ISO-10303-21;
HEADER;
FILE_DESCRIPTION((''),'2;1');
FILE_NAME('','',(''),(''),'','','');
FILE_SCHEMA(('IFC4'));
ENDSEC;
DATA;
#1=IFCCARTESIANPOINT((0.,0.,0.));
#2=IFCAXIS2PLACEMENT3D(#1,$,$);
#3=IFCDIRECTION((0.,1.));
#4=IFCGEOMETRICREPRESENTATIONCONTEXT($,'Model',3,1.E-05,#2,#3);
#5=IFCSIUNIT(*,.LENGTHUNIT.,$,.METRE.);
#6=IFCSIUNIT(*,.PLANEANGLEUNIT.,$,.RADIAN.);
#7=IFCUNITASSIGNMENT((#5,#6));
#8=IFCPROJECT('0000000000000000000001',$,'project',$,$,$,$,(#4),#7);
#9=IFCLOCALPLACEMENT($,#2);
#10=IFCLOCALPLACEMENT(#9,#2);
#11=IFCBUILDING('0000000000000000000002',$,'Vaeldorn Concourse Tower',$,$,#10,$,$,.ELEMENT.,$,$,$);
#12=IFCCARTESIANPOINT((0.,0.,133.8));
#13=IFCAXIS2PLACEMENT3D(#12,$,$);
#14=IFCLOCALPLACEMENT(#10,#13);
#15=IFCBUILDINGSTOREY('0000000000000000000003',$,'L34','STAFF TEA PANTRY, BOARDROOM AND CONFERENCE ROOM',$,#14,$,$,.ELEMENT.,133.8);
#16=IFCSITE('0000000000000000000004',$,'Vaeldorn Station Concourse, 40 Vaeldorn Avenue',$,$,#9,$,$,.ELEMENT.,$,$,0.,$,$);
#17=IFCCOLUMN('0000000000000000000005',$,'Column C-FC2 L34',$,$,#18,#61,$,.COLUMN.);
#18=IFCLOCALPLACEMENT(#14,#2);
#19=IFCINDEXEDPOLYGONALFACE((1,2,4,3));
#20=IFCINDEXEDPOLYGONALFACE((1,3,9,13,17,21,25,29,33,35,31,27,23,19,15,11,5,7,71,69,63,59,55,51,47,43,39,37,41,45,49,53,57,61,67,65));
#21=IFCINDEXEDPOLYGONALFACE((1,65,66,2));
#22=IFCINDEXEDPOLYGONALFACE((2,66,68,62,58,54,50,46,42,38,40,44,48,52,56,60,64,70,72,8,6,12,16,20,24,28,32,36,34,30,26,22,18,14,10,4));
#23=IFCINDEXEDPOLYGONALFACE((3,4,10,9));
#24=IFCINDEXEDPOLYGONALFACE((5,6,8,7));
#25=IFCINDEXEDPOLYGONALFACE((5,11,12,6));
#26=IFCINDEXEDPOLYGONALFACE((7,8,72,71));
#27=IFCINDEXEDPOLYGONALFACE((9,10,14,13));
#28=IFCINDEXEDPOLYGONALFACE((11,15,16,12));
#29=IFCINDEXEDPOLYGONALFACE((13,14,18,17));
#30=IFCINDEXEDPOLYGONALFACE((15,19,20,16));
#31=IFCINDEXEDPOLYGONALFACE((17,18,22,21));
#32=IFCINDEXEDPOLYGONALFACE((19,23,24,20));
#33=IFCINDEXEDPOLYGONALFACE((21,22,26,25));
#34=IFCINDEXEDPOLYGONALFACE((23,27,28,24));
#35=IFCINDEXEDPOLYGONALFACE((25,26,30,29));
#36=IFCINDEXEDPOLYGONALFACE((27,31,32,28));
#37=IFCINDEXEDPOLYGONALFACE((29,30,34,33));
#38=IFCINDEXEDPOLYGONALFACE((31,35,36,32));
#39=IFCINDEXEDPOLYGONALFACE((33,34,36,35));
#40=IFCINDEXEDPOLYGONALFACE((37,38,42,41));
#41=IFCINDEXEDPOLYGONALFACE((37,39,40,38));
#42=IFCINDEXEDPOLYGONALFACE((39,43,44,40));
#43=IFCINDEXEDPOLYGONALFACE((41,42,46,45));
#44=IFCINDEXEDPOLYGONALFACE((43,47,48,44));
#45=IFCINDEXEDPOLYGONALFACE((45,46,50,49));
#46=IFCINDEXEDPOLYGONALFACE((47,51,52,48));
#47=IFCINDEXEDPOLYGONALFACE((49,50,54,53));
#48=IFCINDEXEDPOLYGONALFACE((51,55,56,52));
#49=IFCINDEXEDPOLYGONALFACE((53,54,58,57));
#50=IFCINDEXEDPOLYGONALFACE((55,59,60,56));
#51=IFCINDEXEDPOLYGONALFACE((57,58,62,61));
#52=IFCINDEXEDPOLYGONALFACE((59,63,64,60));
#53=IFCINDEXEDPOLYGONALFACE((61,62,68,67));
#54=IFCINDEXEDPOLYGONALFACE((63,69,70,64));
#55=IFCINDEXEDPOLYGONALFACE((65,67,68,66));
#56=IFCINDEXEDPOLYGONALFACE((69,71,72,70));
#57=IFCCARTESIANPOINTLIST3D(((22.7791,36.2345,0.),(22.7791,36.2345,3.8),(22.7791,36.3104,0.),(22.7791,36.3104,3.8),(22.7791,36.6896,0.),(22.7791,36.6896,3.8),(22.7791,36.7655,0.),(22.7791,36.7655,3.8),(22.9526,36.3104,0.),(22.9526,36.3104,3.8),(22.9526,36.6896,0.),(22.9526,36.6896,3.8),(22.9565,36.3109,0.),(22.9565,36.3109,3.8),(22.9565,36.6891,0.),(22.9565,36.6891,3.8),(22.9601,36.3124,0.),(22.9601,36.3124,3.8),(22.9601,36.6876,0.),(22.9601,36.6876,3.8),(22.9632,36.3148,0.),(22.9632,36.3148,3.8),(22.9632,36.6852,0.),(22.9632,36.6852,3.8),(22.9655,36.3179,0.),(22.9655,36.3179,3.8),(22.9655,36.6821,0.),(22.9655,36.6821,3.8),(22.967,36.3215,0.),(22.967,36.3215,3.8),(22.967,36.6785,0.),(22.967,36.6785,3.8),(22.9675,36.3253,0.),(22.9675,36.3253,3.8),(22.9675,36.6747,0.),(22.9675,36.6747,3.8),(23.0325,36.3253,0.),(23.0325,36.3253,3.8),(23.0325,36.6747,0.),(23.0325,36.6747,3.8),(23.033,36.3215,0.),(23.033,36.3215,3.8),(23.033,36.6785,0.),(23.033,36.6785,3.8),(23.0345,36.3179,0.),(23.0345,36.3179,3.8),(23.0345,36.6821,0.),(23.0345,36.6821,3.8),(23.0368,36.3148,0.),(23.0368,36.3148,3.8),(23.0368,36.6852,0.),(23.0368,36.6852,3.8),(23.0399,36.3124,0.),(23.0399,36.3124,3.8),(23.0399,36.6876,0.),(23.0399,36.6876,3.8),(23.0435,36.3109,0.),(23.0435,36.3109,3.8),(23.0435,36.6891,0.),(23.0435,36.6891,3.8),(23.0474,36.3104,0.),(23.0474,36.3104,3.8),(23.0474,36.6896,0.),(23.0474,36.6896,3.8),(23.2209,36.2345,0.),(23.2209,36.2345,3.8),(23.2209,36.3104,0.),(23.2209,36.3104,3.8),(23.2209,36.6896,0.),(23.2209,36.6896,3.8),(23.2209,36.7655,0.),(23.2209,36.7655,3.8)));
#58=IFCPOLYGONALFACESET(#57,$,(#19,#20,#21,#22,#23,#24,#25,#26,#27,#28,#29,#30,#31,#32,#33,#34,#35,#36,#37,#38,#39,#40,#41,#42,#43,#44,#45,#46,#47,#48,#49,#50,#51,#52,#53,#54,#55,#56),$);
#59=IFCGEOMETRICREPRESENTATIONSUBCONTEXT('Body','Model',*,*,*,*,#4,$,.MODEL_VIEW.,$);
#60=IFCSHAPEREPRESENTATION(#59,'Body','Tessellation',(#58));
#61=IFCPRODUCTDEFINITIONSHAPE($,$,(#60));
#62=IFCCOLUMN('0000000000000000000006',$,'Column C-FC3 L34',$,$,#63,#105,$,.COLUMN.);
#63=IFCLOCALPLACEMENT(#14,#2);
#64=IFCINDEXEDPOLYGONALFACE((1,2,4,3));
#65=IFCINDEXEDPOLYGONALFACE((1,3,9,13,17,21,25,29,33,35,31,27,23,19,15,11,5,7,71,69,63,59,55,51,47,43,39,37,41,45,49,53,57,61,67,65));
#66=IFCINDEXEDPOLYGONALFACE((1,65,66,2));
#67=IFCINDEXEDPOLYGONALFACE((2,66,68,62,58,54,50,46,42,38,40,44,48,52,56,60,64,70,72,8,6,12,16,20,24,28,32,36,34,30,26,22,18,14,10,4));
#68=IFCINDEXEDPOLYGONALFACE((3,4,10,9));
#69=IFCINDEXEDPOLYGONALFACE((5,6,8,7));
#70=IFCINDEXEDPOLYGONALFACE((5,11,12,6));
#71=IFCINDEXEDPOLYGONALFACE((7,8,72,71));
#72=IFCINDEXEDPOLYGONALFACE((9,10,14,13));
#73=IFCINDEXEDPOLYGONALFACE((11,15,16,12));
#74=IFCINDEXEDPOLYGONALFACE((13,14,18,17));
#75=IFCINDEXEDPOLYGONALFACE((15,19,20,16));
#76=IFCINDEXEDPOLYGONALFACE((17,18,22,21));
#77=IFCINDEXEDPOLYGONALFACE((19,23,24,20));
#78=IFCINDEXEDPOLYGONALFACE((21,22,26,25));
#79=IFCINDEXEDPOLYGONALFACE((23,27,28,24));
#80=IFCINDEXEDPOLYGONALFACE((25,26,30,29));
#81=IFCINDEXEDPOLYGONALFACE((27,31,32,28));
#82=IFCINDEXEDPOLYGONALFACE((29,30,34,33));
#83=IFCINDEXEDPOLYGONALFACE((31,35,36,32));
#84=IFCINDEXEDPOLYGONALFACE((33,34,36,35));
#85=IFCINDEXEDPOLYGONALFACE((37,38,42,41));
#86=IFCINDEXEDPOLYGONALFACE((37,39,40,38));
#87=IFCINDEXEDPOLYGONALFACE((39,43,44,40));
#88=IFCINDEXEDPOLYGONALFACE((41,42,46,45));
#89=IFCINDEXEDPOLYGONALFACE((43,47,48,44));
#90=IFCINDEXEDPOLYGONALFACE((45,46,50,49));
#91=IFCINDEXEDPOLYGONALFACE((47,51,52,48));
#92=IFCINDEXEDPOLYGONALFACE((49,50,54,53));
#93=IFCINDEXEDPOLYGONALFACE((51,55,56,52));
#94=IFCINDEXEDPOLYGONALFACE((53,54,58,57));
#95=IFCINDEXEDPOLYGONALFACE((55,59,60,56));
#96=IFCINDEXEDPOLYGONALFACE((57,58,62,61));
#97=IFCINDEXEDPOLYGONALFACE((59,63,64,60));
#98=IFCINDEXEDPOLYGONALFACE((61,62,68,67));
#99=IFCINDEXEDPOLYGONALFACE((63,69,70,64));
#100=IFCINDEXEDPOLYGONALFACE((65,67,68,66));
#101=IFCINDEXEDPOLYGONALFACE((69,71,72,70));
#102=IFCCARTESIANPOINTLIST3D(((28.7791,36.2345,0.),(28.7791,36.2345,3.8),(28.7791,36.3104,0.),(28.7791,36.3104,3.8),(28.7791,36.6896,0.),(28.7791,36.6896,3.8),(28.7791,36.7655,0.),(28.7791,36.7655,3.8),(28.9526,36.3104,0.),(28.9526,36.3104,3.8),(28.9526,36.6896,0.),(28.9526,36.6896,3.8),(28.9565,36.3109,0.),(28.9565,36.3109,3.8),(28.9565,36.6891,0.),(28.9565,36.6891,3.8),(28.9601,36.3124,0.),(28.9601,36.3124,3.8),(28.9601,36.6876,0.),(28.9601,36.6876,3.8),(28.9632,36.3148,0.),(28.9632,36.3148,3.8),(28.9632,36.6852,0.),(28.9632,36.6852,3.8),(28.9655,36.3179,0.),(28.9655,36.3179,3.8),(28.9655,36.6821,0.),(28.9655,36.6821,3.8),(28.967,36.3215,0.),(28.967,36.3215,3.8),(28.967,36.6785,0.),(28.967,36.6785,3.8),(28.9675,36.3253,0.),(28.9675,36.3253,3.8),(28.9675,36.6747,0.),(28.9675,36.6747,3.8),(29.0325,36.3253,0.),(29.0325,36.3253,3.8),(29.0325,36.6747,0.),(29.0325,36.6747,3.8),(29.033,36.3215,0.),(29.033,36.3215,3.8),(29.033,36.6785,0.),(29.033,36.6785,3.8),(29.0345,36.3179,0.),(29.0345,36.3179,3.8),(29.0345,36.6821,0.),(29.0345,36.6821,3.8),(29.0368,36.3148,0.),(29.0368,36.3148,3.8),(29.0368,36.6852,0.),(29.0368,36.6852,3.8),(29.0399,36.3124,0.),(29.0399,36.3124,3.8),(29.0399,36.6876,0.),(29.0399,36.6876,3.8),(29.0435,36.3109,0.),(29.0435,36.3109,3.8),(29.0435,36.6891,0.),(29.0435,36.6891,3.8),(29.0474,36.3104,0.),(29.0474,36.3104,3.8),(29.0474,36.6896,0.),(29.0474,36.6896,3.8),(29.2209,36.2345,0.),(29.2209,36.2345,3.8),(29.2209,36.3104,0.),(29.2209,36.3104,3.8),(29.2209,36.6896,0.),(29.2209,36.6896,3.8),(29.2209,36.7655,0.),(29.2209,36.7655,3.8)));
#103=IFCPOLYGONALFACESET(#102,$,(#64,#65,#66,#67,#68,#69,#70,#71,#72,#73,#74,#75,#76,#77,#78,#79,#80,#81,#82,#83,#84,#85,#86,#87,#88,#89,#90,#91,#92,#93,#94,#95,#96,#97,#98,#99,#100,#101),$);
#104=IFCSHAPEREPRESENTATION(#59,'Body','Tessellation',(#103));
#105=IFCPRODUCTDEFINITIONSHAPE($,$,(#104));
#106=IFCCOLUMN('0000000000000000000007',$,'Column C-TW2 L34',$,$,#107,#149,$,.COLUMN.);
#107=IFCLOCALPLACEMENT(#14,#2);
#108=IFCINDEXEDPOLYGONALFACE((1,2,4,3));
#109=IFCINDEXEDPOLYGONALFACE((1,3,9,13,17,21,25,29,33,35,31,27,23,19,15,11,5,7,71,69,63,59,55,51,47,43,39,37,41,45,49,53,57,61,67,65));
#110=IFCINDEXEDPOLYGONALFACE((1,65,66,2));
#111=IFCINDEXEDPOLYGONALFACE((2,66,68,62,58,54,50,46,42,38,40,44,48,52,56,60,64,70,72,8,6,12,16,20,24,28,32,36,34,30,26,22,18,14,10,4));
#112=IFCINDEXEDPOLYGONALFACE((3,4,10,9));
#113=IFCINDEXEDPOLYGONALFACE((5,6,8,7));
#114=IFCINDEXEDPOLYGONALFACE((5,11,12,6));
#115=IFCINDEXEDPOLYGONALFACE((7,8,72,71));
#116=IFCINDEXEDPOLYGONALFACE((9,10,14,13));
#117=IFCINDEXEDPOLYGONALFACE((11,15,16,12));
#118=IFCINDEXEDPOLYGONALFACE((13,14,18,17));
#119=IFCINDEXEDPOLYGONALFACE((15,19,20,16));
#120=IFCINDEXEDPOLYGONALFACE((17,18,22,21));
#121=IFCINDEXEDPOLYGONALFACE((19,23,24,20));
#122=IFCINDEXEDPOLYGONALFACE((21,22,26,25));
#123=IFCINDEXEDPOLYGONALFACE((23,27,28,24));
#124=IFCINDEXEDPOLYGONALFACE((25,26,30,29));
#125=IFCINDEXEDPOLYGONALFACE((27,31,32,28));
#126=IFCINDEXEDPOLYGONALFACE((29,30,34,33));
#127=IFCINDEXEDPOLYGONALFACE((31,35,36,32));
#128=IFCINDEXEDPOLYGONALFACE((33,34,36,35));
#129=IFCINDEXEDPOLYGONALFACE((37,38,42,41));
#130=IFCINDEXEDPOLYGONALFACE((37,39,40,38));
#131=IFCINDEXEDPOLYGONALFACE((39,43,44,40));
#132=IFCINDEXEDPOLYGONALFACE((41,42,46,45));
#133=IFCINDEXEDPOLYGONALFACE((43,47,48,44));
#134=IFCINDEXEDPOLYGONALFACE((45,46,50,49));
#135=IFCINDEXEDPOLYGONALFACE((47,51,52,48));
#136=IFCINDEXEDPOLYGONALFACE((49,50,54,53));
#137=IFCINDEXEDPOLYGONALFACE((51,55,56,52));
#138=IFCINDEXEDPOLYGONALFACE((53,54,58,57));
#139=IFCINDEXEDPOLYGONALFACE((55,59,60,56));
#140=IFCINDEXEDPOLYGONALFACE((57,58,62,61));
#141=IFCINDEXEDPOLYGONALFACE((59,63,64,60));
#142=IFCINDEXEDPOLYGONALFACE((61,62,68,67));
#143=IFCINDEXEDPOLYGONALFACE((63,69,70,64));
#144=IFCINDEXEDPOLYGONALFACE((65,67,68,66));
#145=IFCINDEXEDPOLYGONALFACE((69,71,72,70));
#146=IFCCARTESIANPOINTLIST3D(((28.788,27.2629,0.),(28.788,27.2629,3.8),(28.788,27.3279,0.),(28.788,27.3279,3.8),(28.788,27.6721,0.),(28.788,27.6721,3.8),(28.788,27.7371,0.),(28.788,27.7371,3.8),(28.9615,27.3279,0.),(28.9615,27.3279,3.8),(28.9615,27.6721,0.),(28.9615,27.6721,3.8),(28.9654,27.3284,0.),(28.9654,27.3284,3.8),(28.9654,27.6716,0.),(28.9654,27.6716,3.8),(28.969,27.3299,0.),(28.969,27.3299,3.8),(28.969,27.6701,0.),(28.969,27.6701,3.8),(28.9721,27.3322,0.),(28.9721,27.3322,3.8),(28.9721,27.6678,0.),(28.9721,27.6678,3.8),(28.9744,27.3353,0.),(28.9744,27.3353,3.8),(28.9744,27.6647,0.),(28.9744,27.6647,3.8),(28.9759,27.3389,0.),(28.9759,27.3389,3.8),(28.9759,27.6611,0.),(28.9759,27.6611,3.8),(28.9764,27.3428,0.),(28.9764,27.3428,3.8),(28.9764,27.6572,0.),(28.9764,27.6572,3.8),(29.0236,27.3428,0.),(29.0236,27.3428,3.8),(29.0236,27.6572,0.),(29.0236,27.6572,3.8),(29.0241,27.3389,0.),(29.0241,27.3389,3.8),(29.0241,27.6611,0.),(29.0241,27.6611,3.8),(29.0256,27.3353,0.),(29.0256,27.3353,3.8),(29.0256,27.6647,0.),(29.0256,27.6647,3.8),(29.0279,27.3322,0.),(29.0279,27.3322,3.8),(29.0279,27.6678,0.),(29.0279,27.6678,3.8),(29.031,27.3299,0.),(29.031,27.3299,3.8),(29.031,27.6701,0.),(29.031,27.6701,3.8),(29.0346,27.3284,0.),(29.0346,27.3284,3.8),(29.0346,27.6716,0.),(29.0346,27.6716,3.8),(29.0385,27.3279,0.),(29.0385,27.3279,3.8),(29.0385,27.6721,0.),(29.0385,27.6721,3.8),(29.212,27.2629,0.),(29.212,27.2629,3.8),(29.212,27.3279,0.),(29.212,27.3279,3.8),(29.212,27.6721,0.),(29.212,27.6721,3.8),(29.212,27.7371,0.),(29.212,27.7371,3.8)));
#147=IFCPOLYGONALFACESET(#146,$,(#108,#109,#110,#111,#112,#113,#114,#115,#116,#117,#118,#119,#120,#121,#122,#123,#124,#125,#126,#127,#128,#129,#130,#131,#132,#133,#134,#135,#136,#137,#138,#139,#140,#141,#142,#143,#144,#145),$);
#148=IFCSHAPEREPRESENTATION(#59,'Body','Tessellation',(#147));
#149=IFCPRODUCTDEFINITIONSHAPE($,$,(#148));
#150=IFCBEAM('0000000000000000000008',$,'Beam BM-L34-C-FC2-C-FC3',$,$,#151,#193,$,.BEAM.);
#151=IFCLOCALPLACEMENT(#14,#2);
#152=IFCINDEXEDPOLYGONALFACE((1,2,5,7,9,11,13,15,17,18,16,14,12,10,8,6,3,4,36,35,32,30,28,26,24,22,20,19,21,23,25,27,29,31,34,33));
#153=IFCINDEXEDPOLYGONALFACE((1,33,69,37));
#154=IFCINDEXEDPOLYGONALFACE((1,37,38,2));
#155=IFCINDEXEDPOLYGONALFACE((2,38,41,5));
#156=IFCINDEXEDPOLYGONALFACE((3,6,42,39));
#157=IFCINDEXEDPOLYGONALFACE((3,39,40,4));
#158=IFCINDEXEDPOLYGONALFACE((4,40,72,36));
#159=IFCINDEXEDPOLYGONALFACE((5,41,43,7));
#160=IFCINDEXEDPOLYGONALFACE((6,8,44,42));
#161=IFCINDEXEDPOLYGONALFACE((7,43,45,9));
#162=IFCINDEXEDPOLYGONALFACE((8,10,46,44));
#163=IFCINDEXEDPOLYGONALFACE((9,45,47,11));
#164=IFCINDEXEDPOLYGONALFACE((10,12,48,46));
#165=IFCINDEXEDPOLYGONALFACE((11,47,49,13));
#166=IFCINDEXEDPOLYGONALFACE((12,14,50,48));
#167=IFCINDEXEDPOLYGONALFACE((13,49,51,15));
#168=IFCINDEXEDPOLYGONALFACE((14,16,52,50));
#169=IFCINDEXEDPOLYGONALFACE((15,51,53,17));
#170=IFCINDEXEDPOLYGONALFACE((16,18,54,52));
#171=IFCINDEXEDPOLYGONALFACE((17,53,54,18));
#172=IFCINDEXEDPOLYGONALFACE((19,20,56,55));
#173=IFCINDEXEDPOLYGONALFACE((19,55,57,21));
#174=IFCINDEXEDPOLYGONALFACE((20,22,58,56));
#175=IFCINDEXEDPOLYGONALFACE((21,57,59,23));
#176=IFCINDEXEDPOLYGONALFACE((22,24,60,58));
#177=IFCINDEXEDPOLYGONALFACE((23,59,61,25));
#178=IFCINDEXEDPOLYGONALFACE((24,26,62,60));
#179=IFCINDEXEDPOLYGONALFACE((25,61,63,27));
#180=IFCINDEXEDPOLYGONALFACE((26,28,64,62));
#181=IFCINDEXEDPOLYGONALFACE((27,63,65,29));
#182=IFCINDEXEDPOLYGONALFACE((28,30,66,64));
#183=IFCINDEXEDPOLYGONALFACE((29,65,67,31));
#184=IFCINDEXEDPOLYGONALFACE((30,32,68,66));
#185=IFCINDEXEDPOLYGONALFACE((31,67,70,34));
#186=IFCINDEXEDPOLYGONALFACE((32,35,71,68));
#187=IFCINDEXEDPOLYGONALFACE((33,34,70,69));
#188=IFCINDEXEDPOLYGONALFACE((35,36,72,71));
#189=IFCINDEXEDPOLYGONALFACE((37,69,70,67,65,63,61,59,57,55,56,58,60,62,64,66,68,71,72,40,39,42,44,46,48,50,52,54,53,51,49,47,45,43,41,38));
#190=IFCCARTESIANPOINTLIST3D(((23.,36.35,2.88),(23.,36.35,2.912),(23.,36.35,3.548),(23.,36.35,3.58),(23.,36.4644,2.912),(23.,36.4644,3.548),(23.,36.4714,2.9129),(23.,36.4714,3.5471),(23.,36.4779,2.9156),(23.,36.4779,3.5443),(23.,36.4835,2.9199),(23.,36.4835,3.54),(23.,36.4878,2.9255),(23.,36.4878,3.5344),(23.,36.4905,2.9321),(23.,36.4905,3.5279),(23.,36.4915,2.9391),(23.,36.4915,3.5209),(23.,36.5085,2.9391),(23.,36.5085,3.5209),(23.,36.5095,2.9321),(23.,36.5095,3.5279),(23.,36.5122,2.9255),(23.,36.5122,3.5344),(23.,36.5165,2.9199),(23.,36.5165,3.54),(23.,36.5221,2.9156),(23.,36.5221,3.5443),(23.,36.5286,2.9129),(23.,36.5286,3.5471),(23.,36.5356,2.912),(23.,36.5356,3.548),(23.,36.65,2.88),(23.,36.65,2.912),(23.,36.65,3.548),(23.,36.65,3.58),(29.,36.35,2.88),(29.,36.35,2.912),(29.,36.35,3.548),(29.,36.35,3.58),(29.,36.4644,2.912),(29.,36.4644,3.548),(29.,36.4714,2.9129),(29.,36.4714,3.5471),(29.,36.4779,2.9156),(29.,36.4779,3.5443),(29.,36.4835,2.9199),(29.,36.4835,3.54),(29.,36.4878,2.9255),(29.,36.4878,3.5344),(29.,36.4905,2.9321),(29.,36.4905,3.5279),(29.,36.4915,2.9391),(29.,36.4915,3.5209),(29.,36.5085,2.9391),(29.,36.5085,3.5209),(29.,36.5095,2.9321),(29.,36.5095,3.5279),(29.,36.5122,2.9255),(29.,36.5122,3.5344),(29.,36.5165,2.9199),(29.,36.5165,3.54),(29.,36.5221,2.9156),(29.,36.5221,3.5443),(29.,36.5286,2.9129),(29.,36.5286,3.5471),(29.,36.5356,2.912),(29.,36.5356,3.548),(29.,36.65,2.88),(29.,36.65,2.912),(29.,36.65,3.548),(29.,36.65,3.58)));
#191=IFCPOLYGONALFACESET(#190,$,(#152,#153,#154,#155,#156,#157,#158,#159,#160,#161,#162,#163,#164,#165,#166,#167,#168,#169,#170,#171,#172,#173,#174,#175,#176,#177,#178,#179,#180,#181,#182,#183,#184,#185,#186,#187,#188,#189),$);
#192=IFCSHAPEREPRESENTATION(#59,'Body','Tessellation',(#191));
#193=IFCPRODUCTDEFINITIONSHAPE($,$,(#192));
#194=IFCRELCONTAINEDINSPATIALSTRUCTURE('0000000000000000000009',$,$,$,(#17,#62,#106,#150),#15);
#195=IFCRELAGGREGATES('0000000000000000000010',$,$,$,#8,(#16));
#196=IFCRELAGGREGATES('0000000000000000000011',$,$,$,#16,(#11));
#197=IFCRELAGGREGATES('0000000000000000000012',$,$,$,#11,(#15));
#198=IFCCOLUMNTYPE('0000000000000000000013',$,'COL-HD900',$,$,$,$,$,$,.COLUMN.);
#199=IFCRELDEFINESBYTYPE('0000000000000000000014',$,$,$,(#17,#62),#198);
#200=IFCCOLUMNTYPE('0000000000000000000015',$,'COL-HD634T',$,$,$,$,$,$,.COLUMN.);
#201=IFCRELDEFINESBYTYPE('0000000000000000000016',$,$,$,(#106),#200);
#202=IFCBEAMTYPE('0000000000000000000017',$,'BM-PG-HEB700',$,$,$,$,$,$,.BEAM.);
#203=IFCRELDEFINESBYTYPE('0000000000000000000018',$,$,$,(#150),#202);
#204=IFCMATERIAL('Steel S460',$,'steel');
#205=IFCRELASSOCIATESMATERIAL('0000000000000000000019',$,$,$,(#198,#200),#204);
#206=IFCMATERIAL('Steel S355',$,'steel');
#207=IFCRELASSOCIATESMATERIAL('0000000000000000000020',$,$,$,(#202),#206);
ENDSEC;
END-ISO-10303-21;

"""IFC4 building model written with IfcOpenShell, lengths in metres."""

from ifc_helpers import new_model, si_unit, direction, frame, origin, origin_2d, place, context, subcontext, project, spatial, i_section, extrude, source, transform, mapped, material, material_profile, profile_set, type_object, element, save


model = new_model("IFC4")

# Units and contexts
model_context = context("Model", 3, precision=1e-05, world=origin(), true_north=direction((0.0, 1.0)))
body_context = subcontext(model_context, "Body", "Model", "MODEL_VIEW")
ifc_project = project(units=[si_unit("LENGTHUNIT", "METRE"), si_unit("PLANEANGLEUNIT", "RADIAN")], contexts=[model_context])

# Site, building, storey
site_placement = place(None, origin())
site = spatial("IfcSite", under=ifc_project, at=site_placement, Name="Vaeldorn Station Concourse, 40 Vaeldorn Avenue", CompositionType="ELEMENT", RefElevation=0.0)
building_placement = place(site_placement, origin())
building = spatial("IfcBuilding", under=site, at=building_placement, Name="Vaeldorn Concourse Tower", CompositionType="ELEMENT")
storey_placement = place(building_placement, frame((0.0, 0.0, 133.8)))
storey = spatial("IfcBuildingStorey", under=building, at=storey_placement, Name="L34", Description="STAFF TEA PANTRY, BOARDROOM AND CONFERENCE ROOM", CompositionType="ELEMENT", Elevation=133.8)

# Columns
ifc_material_1 = material(Name="Steel S460", Category="steel")
ifc_material_profile_1 = material_profile(ifc_material_1, i_section(OverallWidth=0.4419, OverallDepth=0.531, WebThickness=0.0649, FlangeThickness=0.0759, FilletRadius=0.0149, at=origin_2d()), Name="HD 400x900")
ifc_profile_set_1 = profile_set([ifc_material_profile_1], Name="Steel S460")
column_type_1 = type_object("IfcColumnType", Name="COL-HD900", PredefinedType="COLUMN", material=ifc_profile_set_1)
shared_shape_1 = source(origin(), body_context, "Body", "SweptSolid", [
    extrude(i_section(OverallWidth=0.4419, OverallDepth=0.531, WebThickness=0.0649, FlangeThickness=0.0759, FilletRadius=0.0149, at=origin_2d()), origin(), (0.0, 0.0, 1.0), 3.8),
])
for number, where, z_axis, x_axis, name in (
    (1, (23.0, 36.5, 0.0), (0.0, 0.0, 1.0), (1.0, 0.0, 0.0), "Column C-FC2 L34"),
    (2, (29.0, 36.5, 0.0), (0.0, 0.0, 1.0), (1.0, 0.0, 0.0), "Column C-FC3 L34"),
):
    element("IfcColumn", number, at=place(storey_placement, frame(where, z_axis=z_axis, x_axis=x_axis)), inside=storey, type_object=column_type_1, Name=name, PredefinedType="COLUMN", context=body_context, shape_type="MappedRepresentation", body=[
        mapped(shared_shape_1, transform((0.0, 0.0, 0.0), scale=1.0)),
    ])
ifc_material_profile_2 = material_profile(ifc_material_1, i_section(OverallWidth=0.4241, OverallDepth=0.4741, WebThickness=0.0471, FlangeThickness=0.0649, FilletRadius=0.0149, at=origin_2d()), Name="HD 400x634")
ifc_profile_set_2 = profile_set([ifc_material_profile_2], Name="Steel S460")
column_type_2 = type_object("IfcColumnType", Name="COL-HD634T", PredefinedType="COLUMN", material=ifc_profile_set_2)
shared_shape_2 = source(origin(), body_context, "Body", "SweptSolid", [
    extrude(i_section(OverallWidth=0.4241, OverallDepth=0.4741, WebThickness=0.0471, FlangeThickness=0.0649, FilletRadius=0.0149, at=origin_2d()), origin(), (0.0, 0.0, 1.0), 3.8),
])
column_placement = place(storey_placement, frame((29.0, 27.5, 0.0), z_axis=(0.0, 0.0, 1.0), x_axis=(1.0, 0.0, 0.0)))
element("IfcColumn", 3, at=column_placement, inside=storey, type_object=column_type_2, Name="Column C-TW2 L34", PredefinedType="COLUMN", context=body_context, shape_type="MappedRepresentation", body=[
    mapped(shared_shape_2, transform((0.0, 0.0, 0.0), scale=1.0)),
])

# Beam
ifc_material_2 = material(Name="Steel S355", Category="steel")
ifc_material_profile_3 = material_profile(ifc_material_2, i_section(OverallWidth=0.3, OverallDepth=0.7, WebThickness=0.0171, FlangeThickness=0.032, FilletRadius=0.0271, at=origin_2d()), Name="HEB 700")
ifc_profile_set_3 = profile_set([ifc_material_profile_3], Name="Steel S355")
beam_type_1 = type_object("IfcBeamType", Name="BM-PG-HEB700", PredefinedType="BEAM", material=ifc_profile_set_3)
shared_shape_3 = source(origin(), body_context, "Body", "SweptSolid", [
    extrude(i_section(OverallWidth=0.3, OverallDepth=0.7, WebThickness=0.0171, FlangeThickness=0.032, FilletRadius=0.0271, at=origin_2d()), origin(), (0.0, 0.0, 1.0), 6.0),
])
for number, where, z_axis, x_axis, name in (
    (4, (23.0, 36.5, 3.23), (1.0, 0.0, 0.0), (0.0, 1.0, 0.0), "Beam BM-L34-C-FC2-C-FC3"),
):
    element("IfcBeam", number, at=place(storey_placement, frame(where, z_axis=z_axis, x_axis=x_axis)), inside=storey, type_object=beam_type_1, Name=name, PredefinedType="BEAM", context=body_context, shape_type="MappedRepresentation", body=[
        mapped(shared_shape_3, transform((0.0, 0.0, 0.0), scale=1.0)),
    ])

save(model, "model.ifc")
